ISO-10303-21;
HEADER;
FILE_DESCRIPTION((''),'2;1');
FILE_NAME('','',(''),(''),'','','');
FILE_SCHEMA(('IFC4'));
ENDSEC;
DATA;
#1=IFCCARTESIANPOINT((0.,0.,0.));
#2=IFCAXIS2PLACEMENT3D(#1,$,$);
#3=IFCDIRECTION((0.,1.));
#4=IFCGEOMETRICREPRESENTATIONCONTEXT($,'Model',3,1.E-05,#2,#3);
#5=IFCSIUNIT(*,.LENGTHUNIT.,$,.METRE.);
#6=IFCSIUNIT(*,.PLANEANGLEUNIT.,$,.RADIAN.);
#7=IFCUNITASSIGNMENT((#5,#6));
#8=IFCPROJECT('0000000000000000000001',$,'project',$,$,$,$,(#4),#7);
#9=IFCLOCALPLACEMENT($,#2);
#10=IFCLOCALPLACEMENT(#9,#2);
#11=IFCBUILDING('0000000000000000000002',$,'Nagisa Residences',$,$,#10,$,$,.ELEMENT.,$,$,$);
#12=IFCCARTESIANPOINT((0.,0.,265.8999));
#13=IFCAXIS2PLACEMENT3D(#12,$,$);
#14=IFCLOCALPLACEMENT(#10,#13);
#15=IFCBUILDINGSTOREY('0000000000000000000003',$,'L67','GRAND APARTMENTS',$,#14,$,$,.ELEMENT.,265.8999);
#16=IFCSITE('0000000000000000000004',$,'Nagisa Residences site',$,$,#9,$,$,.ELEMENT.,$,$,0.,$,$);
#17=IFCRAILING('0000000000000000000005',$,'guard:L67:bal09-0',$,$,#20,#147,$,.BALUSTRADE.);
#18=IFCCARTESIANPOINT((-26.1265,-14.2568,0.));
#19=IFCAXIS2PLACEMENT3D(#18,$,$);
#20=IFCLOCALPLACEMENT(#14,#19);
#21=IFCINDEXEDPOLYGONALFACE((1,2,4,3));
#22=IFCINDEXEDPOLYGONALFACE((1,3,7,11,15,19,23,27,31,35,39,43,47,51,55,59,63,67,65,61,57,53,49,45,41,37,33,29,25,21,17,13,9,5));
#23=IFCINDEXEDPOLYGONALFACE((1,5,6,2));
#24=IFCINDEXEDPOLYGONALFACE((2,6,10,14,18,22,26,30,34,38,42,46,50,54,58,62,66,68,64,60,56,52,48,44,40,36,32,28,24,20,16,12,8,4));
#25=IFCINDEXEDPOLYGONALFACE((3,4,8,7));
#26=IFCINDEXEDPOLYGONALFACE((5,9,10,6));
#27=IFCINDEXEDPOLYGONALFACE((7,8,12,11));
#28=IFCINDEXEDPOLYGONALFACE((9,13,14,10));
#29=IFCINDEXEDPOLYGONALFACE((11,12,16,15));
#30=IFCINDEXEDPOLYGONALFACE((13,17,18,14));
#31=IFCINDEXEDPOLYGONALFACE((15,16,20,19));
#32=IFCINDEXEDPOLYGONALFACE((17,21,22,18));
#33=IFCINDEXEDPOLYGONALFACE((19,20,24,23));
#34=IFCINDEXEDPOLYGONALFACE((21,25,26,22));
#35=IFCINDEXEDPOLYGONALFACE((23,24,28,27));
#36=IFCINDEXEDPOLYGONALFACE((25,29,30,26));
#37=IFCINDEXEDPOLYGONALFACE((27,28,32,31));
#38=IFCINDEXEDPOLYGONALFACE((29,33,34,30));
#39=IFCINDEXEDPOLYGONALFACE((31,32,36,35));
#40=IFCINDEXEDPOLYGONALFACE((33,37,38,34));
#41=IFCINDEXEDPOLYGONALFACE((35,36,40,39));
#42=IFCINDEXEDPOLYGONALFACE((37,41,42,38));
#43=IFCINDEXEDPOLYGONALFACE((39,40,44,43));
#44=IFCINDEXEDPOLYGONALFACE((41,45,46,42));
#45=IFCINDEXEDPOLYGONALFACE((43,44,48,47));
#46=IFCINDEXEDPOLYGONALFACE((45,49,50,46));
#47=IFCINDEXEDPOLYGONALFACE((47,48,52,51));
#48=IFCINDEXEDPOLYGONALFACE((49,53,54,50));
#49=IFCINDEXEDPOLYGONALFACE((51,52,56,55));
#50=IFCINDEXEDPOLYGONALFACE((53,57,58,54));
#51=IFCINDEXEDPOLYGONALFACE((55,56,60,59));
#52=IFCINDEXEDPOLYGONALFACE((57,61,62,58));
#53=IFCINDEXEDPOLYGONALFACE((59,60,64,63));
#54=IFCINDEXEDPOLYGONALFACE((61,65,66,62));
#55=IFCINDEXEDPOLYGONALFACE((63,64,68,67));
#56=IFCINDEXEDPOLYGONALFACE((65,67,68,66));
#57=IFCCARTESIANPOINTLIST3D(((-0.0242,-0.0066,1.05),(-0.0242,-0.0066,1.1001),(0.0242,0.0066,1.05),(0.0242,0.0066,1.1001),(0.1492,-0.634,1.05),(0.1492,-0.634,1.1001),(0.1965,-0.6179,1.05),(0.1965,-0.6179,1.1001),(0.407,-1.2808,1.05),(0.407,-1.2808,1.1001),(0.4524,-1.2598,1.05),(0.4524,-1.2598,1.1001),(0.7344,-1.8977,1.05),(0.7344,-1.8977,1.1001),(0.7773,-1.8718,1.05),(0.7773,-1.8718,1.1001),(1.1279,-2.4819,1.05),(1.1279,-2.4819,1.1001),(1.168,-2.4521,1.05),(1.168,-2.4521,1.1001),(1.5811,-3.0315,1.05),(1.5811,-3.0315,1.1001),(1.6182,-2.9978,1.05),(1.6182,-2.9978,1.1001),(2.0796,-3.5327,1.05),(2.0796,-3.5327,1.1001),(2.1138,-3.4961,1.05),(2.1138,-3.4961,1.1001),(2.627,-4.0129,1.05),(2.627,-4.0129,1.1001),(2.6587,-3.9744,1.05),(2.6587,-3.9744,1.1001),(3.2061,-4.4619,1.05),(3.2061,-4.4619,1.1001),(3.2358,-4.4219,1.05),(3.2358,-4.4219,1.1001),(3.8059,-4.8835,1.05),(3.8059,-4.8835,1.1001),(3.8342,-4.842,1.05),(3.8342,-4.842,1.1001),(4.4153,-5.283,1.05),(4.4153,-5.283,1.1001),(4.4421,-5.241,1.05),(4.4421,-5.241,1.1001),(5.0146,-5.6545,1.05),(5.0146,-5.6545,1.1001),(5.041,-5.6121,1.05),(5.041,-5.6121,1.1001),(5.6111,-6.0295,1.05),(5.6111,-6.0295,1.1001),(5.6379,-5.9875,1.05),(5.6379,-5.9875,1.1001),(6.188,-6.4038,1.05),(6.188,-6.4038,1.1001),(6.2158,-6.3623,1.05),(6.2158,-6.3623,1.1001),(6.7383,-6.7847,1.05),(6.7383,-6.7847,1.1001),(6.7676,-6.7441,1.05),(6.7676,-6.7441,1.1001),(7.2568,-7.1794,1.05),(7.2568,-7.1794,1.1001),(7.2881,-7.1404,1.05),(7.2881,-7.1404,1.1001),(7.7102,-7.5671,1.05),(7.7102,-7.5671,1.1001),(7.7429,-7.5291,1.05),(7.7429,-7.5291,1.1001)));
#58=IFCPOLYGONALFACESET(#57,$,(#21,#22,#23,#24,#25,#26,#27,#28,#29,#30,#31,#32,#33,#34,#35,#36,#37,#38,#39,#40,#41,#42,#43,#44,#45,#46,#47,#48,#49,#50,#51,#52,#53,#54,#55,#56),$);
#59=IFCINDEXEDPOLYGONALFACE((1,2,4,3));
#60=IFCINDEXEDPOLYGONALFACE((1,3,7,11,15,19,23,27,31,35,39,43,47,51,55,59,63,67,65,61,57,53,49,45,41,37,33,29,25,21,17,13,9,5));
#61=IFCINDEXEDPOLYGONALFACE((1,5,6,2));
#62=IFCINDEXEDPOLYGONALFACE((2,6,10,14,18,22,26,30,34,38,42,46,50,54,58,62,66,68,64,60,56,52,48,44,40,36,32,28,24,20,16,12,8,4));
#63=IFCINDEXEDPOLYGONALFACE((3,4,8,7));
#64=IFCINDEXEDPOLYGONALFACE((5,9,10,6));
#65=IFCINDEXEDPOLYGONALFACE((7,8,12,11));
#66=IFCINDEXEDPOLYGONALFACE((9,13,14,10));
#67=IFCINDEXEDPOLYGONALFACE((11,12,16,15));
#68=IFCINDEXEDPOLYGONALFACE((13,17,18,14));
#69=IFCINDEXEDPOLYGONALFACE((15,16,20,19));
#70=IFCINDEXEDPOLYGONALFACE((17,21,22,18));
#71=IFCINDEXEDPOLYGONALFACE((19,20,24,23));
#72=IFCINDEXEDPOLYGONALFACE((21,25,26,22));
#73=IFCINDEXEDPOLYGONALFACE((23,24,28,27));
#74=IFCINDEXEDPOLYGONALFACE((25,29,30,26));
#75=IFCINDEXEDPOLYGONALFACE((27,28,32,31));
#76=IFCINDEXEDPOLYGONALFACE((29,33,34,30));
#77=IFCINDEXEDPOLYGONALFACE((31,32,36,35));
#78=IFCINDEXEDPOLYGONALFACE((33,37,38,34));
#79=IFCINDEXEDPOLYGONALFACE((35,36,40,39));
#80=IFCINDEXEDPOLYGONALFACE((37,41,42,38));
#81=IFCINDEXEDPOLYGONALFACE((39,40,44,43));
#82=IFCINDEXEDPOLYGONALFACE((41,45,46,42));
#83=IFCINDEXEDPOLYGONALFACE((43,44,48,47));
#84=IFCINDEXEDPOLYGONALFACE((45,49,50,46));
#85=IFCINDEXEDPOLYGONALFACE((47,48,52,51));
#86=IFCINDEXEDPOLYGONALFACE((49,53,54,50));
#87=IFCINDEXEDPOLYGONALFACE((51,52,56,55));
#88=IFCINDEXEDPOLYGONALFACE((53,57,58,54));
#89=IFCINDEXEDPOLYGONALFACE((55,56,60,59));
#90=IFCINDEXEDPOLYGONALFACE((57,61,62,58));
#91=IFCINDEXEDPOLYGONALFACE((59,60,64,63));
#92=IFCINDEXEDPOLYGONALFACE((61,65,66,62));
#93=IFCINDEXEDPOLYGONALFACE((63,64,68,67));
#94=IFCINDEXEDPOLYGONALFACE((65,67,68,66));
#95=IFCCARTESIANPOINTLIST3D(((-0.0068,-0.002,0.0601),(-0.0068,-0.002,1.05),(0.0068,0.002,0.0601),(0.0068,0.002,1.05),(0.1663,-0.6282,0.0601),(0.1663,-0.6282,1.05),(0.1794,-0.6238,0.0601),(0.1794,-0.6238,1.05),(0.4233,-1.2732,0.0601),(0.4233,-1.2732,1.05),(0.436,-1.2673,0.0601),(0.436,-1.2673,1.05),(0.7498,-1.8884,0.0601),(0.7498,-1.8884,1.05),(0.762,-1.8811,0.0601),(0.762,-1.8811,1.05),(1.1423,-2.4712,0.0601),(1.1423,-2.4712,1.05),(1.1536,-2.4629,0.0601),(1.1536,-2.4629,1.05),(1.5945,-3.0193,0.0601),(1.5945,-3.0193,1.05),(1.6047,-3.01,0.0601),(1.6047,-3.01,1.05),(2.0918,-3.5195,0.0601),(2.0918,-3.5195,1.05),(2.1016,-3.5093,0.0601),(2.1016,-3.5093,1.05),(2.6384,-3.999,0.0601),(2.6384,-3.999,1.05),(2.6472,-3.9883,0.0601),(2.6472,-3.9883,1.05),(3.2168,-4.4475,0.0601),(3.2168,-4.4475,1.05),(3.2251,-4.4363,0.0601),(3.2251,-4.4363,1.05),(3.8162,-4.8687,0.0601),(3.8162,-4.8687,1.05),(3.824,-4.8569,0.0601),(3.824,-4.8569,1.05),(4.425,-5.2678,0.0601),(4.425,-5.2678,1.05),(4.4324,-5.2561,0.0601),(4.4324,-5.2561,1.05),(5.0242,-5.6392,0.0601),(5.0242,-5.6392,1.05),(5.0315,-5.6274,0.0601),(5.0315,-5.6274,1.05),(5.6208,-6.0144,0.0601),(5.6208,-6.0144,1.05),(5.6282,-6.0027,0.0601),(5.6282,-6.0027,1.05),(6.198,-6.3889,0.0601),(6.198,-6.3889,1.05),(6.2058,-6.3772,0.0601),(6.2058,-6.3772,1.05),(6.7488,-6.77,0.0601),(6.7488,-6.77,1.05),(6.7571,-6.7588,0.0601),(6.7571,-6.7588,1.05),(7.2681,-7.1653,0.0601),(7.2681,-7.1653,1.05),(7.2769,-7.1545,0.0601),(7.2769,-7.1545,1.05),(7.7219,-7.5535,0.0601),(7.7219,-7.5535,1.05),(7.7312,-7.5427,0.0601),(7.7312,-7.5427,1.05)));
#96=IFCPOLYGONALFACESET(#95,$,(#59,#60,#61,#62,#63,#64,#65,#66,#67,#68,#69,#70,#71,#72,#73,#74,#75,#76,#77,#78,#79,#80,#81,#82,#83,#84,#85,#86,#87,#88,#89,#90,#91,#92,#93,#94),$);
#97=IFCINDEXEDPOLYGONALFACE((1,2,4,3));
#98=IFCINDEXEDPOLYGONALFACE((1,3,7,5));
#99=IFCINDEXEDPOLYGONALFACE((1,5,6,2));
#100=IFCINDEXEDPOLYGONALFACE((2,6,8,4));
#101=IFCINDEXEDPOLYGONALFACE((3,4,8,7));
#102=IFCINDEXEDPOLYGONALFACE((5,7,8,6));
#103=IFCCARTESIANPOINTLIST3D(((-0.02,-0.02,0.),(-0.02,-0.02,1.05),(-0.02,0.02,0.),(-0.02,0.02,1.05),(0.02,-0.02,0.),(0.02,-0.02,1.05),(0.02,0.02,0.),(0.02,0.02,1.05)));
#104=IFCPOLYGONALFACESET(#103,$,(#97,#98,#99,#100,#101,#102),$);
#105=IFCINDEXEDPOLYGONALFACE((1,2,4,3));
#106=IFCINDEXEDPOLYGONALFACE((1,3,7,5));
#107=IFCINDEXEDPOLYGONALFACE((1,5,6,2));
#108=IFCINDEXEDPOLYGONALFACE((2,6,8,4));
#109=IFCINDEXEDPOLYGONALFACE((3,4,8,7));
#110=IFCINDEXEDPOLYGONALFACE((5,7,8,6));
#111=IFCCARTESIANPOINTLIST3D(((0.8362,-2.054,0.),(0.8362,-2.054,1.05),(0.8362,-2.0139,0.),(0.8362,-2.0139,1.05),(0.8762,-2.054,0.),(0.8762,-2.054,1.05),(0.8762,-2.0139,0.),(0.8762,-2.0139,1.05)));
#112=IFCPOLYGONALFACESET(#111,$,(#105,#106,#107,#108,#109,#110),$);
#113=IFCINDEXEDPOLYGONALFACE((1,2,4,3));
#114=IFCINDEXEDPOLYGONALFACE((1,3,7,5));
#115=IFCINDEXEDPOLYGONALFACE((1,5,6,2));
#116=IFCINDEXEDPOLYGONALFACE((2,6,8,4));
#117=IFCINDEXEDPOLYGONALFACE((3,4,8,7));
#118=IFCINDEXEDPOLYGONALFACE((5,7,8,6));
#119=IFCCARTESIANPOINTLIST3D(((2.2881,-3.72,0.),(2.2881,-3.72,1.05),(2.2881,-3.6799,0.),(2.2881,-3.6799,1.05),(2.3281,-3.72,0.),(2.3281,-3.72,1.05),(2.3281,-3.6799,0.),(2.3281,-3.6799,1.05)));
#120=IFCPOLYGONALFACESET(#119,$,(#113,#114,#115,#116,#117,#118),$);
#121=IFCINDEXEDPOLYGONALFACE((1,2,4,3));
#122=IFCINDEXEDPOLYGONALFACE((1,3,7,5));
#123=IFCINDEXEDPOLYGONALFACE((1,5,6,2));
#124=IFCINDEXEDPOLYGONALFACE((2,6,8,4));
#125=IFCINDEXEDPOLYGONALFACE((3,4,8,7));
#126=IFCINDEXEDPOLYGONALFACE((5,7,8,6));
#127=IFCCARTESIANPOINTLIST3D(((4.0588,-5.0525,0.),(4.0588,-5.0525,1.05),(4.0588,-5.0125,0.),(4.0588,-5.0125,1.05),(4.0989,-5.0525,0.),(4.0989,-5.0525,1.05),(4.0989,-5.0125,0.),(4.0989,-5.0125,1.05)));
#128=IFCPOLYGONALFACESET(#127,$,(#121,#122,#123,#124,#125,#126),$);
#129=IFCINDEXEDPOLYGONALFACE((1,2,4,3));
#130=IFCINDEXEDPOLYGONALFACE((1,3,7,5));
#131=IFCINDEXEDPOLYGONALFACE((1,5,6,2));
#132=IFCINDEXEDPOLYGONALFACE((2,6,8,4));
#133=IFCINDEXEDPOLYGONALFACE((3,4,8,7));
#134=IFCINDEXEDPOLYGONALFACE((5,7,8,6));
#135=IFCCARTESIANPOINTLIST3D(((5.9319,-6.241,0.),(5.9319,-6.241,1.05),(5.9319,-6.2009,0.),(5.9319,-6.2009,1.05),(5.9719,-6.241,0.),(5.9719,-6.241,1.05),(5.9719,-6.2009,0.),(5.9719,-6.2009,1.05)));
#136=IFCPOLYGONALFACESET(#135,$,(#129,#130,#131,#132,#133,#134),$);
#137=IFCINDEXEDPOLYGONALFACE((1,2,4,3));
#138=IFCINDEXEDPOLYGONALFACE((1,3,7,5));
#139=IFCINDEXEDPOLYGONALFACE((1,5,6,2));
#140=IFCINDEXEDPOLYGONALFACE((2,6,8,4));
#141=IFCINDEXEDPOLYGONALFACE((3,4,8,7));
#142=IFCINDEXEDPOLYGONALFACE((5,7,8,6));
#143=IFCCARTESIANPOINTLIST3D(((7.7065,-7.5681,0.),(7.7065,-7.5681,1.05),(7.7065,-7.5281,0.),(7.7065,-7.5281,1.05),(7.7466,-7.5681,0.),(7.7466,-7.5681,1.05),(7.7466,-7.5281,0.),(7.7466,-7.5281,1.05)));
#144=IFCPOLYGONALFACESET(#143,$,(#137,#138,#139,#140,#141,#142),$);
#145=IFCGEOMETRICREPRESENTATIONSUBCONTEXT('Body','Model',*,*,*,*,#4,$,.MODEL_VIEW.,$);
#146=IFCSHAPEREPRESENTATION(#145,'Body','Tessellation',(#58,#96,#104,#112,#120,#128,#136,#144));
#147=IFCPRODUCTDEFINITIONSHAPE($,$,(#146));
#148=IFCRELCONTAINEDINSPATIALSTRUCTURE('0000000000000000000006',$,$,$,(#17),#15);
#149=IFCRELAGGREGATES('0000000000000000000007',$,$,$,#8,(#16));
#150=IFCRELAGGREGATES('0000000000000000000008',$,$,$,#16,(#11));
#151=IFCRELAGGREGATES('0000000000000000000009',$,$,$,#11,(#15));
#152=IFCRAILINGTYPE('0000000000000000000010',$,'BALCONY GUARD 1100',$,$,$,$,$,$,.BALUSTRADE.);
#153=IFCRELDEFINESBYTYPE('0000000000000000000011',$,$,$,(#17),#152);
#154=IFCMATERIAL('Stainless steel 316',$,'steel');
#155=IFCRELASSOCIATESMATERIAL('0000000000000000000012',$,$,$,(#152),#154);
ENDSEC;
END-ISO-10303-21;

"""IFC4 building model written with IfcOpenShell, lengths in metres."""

from ifc_helpers import new_model, si_unit, direction, frame, origin, origin_2d, place, context, subcontext, project, spatial, polyline, rectangle, outline, extrude, material, type_object, element, save


model = new_model("IFC4")

# Units and contexts
model_context = context("Model", 3, precision=1e-05, world=origin(), true_north=direction((0.0, 1.0)))
body_context = subcontext(model_context, "Body", "Model", "MODEL_VIEW")
ifc_project = project(units=[si_unit("LENGTHUNIT", "METRE"), si_unit("PLANEANGLEUNIT", "RADIAN")], contexts=[model_context])

# Site, building, storey
site_placement = place(None, origin())
site = spatial("IfcSite", under=ifc_project, at=site_placement, Name="Nagisa Residences site", CompositionType="ELEMENT", RefElevation=0.0)
building_placement = place(site_placement, origin())
building = spatial("IfcBuilding", under=site, at=building_placement, Name="Nagisa Residences", CompositionType="ELEMENT")
storey_placement = place(building_placement, frame((0.0, 0.0, 265.8999)))
storey = spatial("IfcBuildingStorey", under=building, at=storey_placement, Name="L67", Description="GRAND APARTMENTS", CompositionType="ELEMENT", Elevation=265.8999)

# Railing
ifc_material_1 = material(Name="Stainless steel 316", Category="steel")
railing_type = type_object("IfcRailingType", Name="BALCONY GUARD 1100", PredefinedType="BALUSTRADE", material=ifc_material_1)
railing_1_placement = place(storey_placement, frame((-26.1265, -14.2568, 0.0)))
element("IfcRailing", 1, at=railing_1_placement, inside=storey, type_object=railing_type, Name="guard:L67:bal09-0", PredefinedType="BALUSTRADE", context=body_context, shape_type="SweptSolid", body=[
    extrude(outline(polyline([(0.1965, -0.6179), (0.0242, 0.0066), (-0.0242, -0.0066), (0.1492, -0.634), (0.407, -1.2808), (0.7344, -1.8977), (1.1279, -2.4819), (1.5811, -3.0315), (2.0796, -3.5327), (2.627, -4.0129), (3.2061, -4.4619), (3.8059, -4.8835), (4.4153, -5.283), (5.0146, -5.6545), (5.6111, -6.0295), (6.188, -6.4038), (6.7383, -6.7847), (7.2568, -7.1794), (7.7102, -7.5671), (7.7429, -7.5291), (7.2881, -7.1404), (6.7676, -6.7441), (6.2158, -6.3623), (5.6379, -5.9875), (5.041, -5.6121), (4.4421, -5.241), (3.8342, -4.842), (3.2358, -4.4219), (2.6587, -3.9744), (2.1138, -3.4961), (1.6182, -2.9978), (1.168, -2.4521), (0.7773, -1.8718), (0.4524, -1.2598), (0.1965, -0.6179)])), frame((0.0, 0.0, 1.05)), (0.0, 0.0, 1.0), 0.05),
    extrude(outline(polyline([(0.1794, -0.6238), (0.0068, 0.002), (-0.0068, -0.002), (0.1663, -0.6282), (0.4233, -1.2732), (0.7498, -1.8884), (1.1423, -2.4712), (1.5945, -3.0193), (2.0918, -3.5195), (2.6384, -3.999), (3.2168, -4.4475), (3.8162, -4.8687), (4.425, -5.2678), (5.0242, -5.6392), (5.6208, -6.0144), (6.198, -6.3889), (6.7488, -6.77), (7.2681, -7.1653), (7.7219, -7.5535), (7.7312, -7.5427), (7.2769, -7.1545), (6.7571, -6.7588), (6.2058, -6.3772), (5.6282, -6.0027), (5.0315, -5.6274), (4.4324, -5.2561), (3.824, -4.8569), (3.2251, -4.4363), (2.6472, -3.9883), (2.1016, -3.5093), (1.6047, -3.01), (1.1536, -2.4629), (0.762, -1.8811), (0.436, -1.2673), (0.1794, -0.6238)])), frame((0.0, 0.0, 0.0601)), (0.0, 0.0, 1.0), 0.99),
    extrude(rectangle(XDim=0.04, YDim=0.04, at=origin_2d()), origin(), (0.0, 0.0, 1.0), 1.05),
    extrude(rectangle(XDim=0.04, YDim=0.04, at=origin_2d()), frame((0.8562, -2.0339, 0.0)), (0.0, 0.0, 1.0), 1.05),
    extrude(rectangle(XDim=0.04, YDim=0.04, at=origin_2d()), frame((2.3081, -3.7, 0.0)), (0.0, 0.0, 1.0), 1.05),
    extrude(rectangle(XDim=0.04, YDim=0.04, at=origin_2d()), frame((4.0789, -5.0325, 0.0)), (0.0, 0.0, 1.0), 1.05),
    extrude(rectangle(XDim=0.04, YDim=0.04, at=origin_2d()), frame((5.9519, -6.2209, 0.0)), (0.0, 0.0, 1.0), 1.05),
    extrude(rectangle(XDim=0.04, YDim=0.04, at=origin_2d()), frame((7.7266, -7.5481, 0.0)), (0.0, 0.0, 1.0), 1.05),
])

save(model, "model.ifc")
